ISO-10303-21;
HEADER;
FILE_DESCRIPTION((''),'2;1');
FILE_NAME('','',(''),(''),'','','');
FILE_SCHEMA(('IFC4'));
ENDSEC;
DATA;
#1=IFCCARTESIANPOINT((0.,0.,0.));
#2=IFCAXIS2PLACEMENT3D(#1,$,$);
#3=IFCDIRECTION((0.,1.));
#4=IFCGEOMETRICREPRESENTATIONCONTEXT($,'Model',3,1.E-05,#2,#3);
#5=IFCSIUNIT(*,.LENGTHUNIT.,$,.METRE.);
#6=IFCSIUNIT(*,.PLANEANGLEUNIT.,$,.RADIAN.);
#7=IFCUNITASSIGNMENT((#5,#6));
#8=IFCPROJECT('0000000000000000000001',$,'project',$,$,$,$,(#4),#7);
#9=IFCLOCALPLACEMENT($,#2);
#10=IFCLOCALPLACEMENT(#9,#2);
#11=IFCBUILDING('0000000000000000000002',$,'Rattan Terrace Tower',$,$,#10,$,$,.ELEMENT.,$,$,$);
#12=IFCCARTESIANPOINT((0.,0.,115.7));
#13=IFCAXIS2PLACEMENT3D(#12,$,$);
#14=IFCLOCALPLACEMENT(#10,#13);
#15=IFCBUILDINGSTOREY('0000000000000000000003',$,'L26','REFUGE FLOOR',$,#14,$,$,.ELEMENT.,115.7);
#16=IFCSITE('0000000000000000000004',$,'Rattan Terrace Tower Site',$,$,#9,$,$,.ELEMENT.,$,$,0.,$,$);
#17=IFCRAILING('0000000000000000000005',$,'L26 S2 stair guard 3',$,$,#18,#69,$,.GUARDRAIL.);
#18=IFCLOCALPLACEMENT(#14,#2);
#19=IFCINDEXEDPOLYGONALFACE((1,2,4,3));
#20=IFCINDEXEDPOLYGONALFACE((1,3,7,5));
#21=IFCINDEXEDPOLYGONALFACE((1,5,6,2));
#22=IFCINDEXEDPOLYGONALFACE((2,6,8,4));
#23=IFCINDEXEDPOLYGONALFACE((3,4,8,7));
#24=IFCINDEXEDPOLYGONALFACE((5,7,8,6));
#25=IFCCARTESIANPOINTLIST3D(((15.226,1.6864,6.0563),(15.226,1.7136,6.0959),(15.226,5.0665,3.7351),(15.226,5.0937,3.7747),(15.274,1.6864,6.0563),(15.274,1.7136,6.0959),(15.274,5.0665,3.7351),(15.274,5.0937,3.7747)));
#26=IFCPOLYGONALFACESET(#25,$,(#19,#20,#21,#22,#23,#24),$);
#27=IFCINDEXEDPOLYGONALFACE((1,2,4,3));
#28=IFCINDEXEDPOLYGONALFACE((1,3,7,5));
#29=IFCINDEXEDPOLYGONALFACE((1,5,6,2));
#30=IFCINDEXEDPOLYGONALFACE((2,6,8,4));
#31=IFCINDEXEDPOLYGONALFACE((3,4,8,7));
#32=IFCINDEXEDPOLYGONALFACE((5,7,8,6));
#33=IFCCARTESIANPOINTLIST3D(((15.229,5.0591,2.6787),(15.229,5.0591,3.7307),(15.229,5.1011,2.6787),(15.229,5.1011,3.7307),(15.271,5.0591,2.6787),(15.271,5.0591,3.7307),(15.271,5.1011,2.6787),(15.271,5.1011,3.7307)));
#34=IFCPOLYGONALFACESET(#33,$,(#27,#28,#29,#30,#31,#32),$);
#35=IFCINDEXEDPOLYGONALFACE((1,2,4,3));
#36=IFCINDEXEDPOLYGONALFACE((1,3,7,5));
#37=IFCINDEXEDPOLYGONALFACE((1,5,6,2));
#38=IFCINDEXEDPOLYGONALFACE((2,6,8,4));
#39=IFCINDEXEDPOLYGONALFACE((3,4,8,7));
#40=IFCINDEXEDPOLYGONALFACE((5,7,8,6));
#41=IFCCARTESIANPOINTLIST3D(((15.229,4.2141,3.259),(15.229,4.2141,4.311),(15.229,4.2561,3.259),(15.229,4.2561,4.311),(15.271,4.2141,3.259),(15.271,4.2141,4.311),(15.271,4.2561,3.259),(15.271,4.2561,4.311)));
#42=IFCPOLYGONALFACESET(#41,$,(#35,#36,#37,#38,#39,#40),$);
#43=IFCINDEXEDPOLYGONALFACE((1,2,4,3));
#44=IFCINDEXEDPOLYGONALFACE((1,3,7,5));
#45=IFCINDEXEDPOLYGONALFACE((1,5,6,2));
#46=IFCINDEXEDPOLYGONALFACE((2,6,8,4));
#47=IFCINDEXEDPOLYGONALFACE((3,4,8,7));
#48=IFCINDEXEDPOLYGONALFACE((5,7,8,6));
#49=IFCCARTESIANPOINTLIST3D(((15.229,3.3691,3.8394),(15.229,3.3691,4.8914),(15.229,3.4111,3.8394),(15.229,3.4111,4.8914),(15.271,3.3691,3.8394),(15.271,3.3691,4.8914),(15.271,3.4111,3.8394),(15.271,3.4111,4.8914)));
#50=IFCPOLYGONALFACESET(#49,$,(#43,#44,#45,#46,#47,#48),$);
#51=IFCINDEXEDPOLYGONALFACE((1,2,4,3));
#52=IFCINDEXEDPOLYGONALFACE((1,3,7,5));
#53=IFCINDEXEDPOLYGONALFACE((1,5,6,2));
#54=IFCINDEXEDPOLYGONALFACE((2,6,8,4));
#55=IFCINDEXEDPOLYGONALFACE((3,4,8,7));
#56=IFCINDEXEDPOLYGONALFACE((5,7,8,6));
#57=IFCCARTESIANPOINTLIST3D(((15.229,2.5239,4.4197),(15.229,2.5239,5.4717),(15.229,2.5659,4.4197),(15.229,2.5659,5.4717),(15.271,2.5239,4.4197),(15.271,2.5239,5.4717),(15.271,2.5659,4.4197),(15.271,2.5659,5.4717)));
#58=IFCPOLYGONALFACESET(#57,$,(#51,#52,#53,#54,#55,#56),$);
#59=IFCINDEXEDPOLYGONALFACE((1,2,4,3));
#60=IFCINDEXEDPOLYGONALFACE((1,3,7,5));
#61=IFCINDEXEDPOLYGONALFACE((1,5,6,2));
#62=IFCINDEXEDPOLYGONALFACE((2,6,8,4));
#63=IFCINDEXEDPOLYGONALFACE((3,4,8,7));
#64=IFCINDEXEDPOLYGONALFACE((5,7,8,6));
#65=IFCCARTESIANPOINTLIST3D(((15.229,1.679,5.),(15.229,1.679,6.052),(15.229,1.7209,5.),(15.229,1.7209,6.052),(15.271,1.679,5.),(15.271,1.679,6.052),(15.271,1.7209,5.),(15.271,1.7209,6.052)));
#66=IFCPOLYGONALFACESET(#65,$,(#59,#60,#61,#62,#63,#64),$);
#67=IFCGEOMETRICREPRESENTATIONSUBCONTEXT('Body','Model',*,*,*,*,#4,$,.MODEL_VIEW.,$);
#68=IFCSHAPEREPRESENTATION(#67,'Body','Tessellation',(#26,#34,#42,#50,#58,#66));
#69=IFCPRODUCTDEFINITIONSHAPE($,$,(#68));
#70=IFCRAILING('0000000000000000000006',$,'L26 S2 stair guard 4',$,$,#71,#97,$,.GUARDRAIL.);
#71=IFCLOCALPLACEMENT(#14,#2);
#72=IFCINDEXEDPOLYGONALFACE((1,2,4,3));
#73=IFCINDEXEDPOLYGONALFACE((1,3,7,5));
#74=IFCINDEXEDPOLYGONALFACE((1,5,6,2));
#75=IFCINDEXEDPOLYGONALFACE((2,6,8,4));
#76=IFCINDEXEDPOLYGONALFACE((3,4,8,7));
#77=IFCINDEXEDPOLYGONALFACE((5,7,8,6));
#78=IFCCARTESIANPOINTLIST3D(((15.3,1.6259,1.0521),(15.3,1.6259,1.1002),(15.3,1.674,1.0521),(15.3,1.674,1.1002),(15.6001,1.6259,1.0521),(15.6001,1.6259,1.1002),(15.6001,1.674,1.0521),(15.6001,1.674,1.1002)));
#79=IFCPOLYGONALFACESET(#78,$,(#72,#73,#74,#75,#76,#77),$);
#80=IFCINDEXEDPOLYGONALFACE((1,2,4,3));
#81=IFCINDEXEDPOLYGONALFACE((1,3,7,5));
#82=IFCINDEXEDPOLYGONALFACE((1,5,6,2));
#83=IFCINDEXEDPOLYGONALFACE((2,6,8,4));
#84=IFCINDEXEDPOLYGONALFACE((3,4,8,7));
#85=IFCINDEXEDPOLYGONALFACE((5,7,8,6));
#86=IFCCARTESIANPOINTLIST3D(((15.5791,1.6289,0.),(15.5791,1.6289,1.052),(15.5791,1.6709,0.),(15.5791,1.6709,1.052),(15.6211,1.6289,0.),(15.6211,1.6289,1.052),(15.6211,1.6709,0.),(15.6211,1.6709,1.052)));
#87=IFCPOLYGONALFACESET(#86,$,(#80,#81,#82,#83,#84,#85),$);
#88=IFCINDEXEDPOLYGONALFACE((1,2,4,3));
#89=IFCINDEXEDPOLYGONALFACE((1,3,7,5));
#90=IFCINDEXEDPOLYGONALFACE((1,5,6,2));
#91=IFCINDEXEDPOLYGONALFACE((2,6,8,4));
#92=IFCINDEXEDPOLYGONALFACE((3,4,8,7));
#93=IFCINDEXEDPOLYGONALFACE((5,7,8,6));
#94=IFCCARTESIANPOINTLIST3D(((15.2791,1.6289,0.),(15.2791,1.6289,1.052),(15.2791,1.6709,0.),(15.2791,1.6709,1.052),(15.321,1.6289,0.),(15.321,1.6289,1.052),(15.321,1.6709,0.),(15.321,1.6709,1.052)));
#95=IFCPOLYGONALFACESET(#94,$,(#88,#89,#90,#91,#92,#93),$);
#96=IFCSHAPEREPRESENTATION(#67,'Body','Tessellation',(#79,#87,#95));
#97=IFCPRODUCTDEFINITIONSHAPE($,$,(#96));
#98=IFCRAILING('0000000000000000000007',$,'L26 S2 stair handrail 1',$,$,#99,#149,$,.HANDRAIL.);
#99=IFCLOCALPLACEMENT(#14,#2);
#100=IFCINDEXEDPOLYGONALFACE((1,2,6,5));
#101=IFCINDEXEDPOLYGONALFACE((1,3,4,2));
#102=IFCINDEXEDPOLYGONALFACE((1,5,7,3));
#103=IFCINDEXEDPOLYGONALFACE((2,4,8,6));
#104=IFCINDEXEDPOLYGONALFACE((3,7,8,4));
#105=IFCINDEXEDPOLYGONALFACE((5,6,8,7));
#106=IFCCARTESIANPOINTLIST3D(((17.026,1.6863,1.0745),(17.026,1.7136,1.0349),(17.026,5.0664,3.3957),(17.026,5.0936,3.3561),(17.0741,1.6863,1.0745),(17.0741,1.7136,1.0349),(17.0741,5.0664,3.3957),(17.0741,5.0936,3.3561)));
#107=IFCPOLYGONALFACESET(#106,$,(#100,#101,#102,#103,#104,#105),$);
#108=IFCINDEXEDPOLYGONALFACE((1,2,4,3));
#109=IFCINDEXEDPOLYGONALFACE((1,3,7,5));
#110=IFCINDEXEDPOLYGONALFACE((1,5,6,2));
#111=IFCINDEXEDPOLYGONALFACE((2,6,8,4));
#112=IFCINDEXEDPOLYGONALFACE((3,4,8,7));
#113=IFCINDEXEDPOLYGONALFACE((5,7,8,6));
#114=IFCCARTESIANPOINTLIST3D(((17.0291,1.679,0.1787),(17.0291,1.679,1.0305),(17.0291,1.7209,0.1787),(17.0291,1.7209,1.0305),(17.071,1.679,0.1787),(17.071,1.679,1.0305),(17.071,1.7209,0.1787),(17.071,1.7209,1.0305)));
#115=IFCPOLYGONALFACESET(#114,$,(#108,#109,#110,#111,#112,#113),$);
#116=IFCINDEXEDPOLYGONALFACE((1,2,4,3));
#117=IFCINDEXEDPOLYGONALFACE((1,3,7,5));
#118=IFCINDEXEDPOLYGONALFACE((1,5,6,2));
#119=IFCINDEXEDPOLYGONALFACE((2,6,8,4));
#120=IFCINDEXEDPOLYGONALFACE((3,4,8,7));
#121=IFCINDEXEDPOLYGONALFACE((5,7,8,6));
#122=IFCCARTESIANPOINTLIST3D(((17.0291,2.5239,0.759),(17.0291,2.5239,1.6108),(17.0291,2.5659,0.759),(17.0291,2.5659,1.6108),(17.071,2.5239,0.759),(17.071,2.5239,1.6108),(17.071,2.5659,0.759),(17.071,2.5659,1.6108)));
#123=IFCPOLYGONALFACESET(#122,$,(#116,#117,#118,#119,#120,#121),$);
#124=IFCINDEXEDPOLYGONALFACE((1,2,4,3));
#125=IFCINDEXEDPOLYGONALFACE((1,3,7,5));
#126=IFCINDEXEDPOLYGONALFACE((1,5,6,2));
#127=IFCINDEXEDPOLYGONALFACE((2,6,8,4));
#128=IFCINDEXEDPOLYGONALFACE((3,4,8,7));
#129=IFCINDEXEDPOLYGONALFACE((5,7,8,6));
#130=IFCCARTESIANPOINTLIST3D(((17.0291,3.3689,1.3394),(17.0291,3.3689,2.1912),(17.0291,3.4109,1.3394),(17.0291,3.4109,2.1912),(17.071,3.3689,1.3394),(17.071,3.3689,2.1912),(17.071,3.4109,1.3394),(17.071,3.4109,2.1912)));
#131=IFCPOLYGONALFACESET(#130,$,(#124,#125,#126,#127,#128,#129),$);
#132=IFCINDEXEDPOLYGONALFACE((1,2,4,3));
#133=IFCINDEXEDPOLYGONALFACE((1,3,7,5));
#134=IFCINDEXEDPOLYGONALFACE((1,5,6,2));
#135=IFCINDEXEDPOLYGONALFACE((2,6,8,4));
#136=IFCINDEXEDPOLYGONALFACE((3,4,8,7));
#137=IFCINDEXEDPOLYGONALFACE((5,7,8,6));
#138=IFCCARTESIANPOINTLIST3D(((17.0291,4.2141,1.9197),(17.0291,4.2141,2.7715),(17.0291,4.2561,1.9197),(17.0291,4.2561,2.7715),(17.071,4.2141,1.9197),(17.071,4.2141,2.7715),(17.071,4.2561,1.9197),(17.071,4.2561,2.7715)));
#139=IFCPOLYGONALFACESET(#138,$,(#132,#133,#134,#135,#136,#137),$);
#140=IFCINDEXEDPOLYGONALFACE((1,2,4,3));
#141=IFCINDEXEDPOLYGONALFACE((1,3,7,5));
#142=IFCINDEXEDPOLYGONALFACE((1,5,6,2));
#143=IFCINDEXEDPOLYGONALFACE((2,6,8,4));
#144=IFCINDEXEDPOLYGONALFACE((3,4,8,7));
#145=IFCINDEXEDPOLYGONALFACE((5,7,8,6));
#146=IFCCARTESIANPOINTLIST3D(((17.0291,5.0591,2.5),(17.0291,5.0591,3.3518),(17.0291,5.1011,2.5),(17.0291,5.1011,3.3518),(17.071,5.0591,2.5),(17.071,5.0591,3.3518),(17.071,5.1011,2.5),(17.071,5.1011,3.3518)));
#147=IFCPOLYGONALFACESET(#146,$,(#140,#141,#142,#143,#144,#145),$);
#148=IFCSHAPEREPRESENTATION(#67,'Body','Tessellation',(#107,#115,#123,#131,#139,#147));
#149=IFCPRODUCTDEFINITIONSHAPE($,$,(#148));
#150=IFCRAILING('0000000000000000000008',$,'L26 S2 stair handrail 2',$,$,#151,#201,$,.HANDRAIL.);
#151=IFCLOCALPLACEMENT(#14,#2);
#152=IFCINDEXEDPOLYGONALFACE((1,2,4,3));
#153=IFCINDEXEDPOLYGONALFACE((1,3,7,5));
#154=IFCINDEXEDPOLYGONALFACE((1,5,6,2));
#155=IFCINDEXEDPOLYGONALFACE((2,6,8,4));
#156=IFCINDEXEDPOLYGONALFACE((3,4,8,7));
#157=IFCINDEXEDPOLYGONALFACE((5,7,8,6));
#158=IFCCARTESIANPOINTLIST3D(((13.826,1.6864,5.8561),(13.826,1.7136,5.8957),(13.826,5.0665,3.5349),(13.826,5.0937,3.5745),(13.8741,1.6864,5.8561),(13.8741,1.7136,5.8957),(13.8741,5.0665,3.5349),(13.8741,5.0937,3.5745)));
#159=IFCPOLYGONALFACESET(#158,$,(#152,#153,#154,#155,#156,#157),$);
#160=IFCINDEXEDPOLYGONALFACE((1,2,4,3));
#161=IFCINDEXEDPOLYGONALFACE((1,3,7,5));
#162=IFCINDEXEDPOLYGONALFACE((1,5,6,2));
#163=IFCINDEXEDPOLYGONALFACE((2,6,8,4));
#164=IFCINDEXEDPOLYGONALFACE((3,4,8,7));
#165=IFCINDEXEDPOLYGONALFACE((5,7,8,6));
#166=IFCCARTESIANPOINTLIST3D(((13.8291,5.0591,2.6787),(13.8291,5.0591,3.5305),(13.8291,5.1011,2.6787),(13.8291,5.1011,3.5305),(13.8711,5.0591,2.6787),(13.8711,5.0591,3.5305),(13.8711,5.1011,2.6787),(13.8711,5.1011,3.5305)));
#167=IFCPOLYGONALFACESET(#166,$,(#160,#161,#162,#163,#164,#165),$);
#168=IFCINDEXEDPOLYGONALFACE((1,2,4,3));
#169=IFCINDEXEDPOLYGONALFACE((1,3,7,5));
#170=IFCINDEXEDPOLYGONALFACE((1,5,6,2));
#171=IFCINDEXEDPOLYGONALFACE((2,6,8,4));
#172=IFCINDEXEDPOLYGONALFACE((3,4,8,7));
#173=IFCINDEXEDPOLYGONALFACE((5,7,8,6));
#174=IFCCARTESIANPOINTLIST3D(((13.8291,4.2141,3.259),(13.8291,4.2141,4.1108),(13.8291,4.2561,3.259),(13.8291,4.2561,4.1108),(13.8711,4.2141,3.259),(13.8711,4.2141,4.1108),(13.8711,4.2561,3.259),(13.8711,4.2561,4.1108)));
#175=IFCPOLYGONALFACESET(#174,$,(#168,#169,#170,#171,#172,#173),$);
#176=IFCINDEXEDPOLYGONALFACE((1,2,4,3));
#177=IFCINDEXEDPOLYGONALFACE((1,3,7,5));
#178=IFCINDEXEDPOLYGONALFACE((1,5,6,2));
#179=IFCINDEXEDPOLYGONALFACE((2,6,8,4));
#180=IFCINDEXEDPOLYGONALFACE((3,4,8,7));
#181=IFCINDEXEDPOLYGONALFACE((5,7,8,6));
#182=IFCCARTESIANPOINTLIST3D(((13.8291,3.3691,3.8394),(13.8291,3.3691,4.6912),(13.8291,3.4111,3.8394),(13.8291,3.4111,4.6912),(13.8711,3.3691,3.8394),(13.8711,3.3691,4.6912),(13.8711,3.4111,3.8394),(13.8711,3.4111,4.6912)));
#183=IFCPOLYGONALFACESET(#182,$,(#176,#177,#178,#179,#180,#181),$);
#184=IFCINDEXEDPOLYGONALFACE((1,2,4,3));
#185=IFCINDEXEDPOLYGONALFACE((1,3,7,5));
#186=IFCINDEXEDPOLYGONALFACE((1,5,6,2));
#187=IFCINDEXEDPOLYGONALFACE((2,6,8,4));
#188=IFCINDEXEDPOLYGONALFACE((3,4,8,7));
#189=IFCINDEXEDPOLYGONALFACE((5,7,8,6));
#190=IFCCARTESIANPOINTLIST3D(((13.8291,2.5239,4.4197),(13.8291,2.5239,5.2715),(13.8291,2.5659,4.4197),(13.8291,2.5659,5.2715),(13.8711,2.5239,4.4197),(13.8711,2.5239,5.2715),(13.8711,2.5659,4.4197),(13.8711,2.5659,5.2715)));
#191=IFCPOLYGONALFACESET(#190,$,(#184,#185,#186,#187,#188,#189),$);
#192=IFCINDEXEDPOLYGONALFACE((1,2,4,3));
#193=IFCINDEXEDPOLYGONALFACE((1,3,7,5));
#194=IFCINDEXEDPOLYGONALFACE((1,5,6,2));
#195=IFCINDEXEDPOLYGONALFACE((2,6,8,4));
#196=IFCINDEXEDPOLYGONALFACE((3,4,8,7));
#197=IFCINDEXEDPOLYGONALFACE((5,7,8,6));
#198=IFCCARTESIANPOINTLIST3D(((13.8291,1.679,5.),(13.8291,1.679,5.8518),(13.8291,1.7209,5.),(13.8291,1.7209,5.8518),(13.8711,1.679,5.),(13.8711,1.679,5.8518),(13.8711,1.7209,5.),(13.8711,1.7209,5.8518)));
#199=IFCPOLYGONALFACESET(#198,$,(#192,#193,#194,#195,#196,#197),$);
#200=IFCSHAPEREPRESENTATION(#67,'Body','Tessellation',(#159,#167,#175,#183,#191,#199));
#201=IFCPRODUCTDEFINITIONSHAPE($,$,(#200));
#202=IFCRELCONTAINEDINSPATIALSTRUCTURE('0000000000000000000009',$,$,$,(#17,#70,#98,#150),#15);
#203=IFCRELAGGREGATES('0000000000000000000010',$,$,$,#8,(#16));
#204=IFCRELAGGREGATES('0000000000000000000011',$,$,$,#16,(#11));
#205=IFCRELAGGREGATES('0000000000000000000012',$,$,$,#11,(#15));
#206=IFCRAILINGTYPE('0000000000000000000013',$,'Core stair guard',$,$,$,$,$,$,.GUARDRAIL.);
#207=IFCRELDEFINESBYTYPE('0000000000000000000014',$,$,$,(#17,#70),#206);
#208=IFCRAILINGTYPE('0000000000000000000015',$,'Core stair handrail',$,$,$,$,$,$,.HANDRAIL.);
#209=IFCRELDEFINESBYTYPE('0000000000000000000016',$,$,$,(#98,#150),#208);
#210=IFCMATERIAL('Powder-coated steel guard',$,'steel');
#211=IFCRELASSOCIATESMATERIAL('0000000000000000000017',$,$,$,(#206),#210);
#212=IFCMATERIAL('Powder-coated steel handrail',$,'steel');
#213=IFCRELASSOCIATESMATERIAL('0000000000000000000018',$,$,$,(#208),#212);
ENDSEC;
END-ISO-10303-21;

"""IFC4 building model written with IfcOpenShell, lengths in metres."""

from ifc_helpers import new_model, si_unit, direction, frame, origin, origin_2d, place, context, subcontext, project, spatial, rectangle, extrude, material, type_object, element, save


model = new_model("IFC4")

# Units and contexts
model_context = context("Model", 3, precision=1e-05, world=origin(), true_north=direction((0.0, 1.0)))
body_context = subcontext(model_context, "Body", "Model", "MODEL_VIEW")
ifc_project = project(units=[si_unit("LENGTHUNIT", "METRE"), si_unit("PLANEANGLEUNIT", "RADIAN")], contexts=[model_context])

# Site, building, storey
site_placement = place(None, origin())
site = spatial("IfcSite", under=ifc_project, at=site_placement, Name="Rattan Terrace Tower Site", CompositionType="ELEMENT", RefElevation=0.0)
building_placement = place(site_placement, origin())
building = spatial("IfcBuilding", under=site, at=building_placement, Name="Rattan Terrace Tower", CompositionType="ELEMENT")
storey_placement = place(building_placement, frame((0.0, 0.0, 115.7)))
storey = spatial("IfcBuildingStorey", under=building, at=storey_placement, Name="L26", Description="REFUGE FLOOR", CompositionType="ELEMENT", Elevation=115.7)

# Railings
ifc_material_1 = material(Name="Powder-coated steel guard", Category="steel")
railing_type_1 = type_object("IfcRailingType", Name="Core stair guard", PredefinedType="GUARDRAIL", material=ifc_material_1)
railing_1_placement = place(storey_placement, frame((15.25, 5.0801, 2.6787)))
element("IfcRailing", 1, at=railing_1_placement, inside=storey, type_object=railing_type_1, Name="L26 S2 stair guard 3", PredefinedType="GUARDRAIL", context=body_context, shape_type="SweptSolid", body=[
    extrude(rectangle(XDim=0.0481, YDim=0.0481, at=origin_2d()), frame((0.0, 0.0, 1.0762), z_axis=(0.0, -0.824332, 0.566107), x_axis=(1.0, 0.0, 0.0)), (0.0, 0.0, 1.0), 4.1003),
    extrude(rectangle(XDim=0.042, YDim=0.042, at=origin_2d()), origin(), (0.0, 0.0, 1.0), 1.052),
    extrude(rectangle(XDim=0.042, YDim=0.042, at=origin_2d()), frame((0.0, -0.845, 0.5803)), (0.0, 0.0, 1.0), 1.052),
    extrude(rectangle(XDim=0.042, YDim=0.042, at=origin_2d()), frame((0.0, -1.6899, 1.1606)), (0.0, 0.0, 1.0), 1.052),
    extrude(rectangle(XDim=0.042, YDim=0.042, at=origin_2d()), frame((0.0, -2.5352, 1.741)), (0.0, 0.0, 1.0), 1.052),
    extrude(rectangle(XDim=0.042, YDim=0.042, at=origin_2d()), frame((0.0, -3.3801, 2.3213)), (0.0, 0.0, 1.0), 1.052),
])
railing_2_placement = place(storey_placement, frame((15.6001, 1.6499, 0.0)))
element("IfcRailing", 2, at=railing_2_placement, inside=storey, type_object=railing_type_1, Name="L26 S2 stair guard 4", PredefinedType="GUARDRAIL", context=body_context, shape_type="SweptSolid", body=[
    extrude(rectangle(XDim=0.0481, YDim=0.0481, at=origin_2d()), frame((0.0, 0.0, 1.0762), z_axis=(-1.0, 0.0, 0.0), x_axis=(0.0, -1.0, 0.0)), (0.0, 0.0, 1.0), 0.3),
    extrude(rectangle(XDim=0.042, YDim=0.042, at=origin_2d()), origin(), (0.0, 0.0, 1.0), 1.052),
    extrude(rectangle(XDim=0.042, YDim=0.042, at=origin_2d()), frame((-0.3, 0.0, 0.0)), (0.0, 0.0, 1.0), 1.052),
])
ifc_material_2 = material(Name="Powder-coated steel handrail", Category="steel")
railing_type_2 = type_object("IfcRailingType", Name="Core stair handrail", PredefinedType="HANDRAIL", material=ifc_material_2)
railing_3_placement = place(storey_placement, frame((17.05, 1.7, 0.1787)))
element("IfcRailing", 3, at=railing_3_placement, inside=storey, type_object=railing_type_2, Name="L26 S2 stair handrail 1", PredefinedType="HANDRAIL", context=body_context, shape_type="SweptSolid", body=[
    extrude(rectangle(XDim=0.0481, YDim=0.0481, at=origin_2d()), frame((0.0, 0.0, 0.876), z_axis=(0.0, 0.824332, 0.566107), x_axis=(-1.0, 0.0, 0.0)), (0.0, 0.0, 1.0), 4.1003),
    extrude(rectangle(XDim=0.042, YDim=0.042, at=origin_2d()), origin(), (0.0, 0.0, 1.0), 0.8518),
    extrude(rectangle(XDim=0.042, YDim=0.042, at=origin_2d()), frame((0.0, 0.845, 0.5803)), (0.0, 0.0, 1.0), 0.8518),
    extrude(rectangle(XDim=0.042, YDim=0.042, at=origin_2d()), frame((0.0, 1.6899, 1.1606)), (0.0, 0.0, 1.0), 0.8518),
    extrude(rectangle(XDim=0.042, YDim=0.042, at=origin_2d()), frame((0.0, 2.5352, 1.741)), (0.0, 0.0, 1.0), 0.8518),
    extrude(rectangle(XDim=0.042, YDim=0.042, at=origin_2d()), frame((0.0, 3.3801, 2.3213)), (0.0, 0.0, 1.0), 0.8518),
])
railing_4_placement = place(storey_placement, frame((13.8501, 5.0801, 2.6787)))
element("IfcRailing", 4, at=railing_4_placement, inside=storey, type_object=railing_type_2, Name="L26 S2 stair handrail 2", PredefinedType="HANDRAIL", context=body_context, shape_type="SweptSolid", body=[
    extrude(rectangle(XDim=0.0481, YDim=0.0481, at=origin_2d()), frame((0.0, 0.0, 0.876), z_axis=(0.0, -0.824332, 0.566107), x_axis=(1.0, 0.0, 0.0)), (0.0, 0.0, 1.0), 4.1003),
    extrude(rectangle(XDim=0.042, YDim=0.042, at=origin_2d()), origin(), (0.0, 0.0, 1.0), 0.8518),
    extrude(rectangle(XDim=0.042, YDim=0.042, at=origin_2d()), frame((0.0, -0.845, 0.5803)), (0.0, 0.0, 1.0), 0.8518),
    extrude(rectangle(XDim=0.042, YDim=0.042, at=origin_2d()), frame((0.0, -1.6899, 1.1606)), (0.0, 0.0, 1.0), 0.8518),
    extrude(rectangle(XDim=0.042, YDim=0.042, at=origin_2d()), frame((0.0, -2.5352, 1.741)), (0.0, 0.0, 1.0), 0.8518),
    extrude(rectangle(XDim=0.042, YDim=0.042, at=origin_2d()), frame((0.0, -3.3801, 2.3213)), (0.0, 0.0, 1.0), 0.8518),
])

save(model, "model.ifc")
